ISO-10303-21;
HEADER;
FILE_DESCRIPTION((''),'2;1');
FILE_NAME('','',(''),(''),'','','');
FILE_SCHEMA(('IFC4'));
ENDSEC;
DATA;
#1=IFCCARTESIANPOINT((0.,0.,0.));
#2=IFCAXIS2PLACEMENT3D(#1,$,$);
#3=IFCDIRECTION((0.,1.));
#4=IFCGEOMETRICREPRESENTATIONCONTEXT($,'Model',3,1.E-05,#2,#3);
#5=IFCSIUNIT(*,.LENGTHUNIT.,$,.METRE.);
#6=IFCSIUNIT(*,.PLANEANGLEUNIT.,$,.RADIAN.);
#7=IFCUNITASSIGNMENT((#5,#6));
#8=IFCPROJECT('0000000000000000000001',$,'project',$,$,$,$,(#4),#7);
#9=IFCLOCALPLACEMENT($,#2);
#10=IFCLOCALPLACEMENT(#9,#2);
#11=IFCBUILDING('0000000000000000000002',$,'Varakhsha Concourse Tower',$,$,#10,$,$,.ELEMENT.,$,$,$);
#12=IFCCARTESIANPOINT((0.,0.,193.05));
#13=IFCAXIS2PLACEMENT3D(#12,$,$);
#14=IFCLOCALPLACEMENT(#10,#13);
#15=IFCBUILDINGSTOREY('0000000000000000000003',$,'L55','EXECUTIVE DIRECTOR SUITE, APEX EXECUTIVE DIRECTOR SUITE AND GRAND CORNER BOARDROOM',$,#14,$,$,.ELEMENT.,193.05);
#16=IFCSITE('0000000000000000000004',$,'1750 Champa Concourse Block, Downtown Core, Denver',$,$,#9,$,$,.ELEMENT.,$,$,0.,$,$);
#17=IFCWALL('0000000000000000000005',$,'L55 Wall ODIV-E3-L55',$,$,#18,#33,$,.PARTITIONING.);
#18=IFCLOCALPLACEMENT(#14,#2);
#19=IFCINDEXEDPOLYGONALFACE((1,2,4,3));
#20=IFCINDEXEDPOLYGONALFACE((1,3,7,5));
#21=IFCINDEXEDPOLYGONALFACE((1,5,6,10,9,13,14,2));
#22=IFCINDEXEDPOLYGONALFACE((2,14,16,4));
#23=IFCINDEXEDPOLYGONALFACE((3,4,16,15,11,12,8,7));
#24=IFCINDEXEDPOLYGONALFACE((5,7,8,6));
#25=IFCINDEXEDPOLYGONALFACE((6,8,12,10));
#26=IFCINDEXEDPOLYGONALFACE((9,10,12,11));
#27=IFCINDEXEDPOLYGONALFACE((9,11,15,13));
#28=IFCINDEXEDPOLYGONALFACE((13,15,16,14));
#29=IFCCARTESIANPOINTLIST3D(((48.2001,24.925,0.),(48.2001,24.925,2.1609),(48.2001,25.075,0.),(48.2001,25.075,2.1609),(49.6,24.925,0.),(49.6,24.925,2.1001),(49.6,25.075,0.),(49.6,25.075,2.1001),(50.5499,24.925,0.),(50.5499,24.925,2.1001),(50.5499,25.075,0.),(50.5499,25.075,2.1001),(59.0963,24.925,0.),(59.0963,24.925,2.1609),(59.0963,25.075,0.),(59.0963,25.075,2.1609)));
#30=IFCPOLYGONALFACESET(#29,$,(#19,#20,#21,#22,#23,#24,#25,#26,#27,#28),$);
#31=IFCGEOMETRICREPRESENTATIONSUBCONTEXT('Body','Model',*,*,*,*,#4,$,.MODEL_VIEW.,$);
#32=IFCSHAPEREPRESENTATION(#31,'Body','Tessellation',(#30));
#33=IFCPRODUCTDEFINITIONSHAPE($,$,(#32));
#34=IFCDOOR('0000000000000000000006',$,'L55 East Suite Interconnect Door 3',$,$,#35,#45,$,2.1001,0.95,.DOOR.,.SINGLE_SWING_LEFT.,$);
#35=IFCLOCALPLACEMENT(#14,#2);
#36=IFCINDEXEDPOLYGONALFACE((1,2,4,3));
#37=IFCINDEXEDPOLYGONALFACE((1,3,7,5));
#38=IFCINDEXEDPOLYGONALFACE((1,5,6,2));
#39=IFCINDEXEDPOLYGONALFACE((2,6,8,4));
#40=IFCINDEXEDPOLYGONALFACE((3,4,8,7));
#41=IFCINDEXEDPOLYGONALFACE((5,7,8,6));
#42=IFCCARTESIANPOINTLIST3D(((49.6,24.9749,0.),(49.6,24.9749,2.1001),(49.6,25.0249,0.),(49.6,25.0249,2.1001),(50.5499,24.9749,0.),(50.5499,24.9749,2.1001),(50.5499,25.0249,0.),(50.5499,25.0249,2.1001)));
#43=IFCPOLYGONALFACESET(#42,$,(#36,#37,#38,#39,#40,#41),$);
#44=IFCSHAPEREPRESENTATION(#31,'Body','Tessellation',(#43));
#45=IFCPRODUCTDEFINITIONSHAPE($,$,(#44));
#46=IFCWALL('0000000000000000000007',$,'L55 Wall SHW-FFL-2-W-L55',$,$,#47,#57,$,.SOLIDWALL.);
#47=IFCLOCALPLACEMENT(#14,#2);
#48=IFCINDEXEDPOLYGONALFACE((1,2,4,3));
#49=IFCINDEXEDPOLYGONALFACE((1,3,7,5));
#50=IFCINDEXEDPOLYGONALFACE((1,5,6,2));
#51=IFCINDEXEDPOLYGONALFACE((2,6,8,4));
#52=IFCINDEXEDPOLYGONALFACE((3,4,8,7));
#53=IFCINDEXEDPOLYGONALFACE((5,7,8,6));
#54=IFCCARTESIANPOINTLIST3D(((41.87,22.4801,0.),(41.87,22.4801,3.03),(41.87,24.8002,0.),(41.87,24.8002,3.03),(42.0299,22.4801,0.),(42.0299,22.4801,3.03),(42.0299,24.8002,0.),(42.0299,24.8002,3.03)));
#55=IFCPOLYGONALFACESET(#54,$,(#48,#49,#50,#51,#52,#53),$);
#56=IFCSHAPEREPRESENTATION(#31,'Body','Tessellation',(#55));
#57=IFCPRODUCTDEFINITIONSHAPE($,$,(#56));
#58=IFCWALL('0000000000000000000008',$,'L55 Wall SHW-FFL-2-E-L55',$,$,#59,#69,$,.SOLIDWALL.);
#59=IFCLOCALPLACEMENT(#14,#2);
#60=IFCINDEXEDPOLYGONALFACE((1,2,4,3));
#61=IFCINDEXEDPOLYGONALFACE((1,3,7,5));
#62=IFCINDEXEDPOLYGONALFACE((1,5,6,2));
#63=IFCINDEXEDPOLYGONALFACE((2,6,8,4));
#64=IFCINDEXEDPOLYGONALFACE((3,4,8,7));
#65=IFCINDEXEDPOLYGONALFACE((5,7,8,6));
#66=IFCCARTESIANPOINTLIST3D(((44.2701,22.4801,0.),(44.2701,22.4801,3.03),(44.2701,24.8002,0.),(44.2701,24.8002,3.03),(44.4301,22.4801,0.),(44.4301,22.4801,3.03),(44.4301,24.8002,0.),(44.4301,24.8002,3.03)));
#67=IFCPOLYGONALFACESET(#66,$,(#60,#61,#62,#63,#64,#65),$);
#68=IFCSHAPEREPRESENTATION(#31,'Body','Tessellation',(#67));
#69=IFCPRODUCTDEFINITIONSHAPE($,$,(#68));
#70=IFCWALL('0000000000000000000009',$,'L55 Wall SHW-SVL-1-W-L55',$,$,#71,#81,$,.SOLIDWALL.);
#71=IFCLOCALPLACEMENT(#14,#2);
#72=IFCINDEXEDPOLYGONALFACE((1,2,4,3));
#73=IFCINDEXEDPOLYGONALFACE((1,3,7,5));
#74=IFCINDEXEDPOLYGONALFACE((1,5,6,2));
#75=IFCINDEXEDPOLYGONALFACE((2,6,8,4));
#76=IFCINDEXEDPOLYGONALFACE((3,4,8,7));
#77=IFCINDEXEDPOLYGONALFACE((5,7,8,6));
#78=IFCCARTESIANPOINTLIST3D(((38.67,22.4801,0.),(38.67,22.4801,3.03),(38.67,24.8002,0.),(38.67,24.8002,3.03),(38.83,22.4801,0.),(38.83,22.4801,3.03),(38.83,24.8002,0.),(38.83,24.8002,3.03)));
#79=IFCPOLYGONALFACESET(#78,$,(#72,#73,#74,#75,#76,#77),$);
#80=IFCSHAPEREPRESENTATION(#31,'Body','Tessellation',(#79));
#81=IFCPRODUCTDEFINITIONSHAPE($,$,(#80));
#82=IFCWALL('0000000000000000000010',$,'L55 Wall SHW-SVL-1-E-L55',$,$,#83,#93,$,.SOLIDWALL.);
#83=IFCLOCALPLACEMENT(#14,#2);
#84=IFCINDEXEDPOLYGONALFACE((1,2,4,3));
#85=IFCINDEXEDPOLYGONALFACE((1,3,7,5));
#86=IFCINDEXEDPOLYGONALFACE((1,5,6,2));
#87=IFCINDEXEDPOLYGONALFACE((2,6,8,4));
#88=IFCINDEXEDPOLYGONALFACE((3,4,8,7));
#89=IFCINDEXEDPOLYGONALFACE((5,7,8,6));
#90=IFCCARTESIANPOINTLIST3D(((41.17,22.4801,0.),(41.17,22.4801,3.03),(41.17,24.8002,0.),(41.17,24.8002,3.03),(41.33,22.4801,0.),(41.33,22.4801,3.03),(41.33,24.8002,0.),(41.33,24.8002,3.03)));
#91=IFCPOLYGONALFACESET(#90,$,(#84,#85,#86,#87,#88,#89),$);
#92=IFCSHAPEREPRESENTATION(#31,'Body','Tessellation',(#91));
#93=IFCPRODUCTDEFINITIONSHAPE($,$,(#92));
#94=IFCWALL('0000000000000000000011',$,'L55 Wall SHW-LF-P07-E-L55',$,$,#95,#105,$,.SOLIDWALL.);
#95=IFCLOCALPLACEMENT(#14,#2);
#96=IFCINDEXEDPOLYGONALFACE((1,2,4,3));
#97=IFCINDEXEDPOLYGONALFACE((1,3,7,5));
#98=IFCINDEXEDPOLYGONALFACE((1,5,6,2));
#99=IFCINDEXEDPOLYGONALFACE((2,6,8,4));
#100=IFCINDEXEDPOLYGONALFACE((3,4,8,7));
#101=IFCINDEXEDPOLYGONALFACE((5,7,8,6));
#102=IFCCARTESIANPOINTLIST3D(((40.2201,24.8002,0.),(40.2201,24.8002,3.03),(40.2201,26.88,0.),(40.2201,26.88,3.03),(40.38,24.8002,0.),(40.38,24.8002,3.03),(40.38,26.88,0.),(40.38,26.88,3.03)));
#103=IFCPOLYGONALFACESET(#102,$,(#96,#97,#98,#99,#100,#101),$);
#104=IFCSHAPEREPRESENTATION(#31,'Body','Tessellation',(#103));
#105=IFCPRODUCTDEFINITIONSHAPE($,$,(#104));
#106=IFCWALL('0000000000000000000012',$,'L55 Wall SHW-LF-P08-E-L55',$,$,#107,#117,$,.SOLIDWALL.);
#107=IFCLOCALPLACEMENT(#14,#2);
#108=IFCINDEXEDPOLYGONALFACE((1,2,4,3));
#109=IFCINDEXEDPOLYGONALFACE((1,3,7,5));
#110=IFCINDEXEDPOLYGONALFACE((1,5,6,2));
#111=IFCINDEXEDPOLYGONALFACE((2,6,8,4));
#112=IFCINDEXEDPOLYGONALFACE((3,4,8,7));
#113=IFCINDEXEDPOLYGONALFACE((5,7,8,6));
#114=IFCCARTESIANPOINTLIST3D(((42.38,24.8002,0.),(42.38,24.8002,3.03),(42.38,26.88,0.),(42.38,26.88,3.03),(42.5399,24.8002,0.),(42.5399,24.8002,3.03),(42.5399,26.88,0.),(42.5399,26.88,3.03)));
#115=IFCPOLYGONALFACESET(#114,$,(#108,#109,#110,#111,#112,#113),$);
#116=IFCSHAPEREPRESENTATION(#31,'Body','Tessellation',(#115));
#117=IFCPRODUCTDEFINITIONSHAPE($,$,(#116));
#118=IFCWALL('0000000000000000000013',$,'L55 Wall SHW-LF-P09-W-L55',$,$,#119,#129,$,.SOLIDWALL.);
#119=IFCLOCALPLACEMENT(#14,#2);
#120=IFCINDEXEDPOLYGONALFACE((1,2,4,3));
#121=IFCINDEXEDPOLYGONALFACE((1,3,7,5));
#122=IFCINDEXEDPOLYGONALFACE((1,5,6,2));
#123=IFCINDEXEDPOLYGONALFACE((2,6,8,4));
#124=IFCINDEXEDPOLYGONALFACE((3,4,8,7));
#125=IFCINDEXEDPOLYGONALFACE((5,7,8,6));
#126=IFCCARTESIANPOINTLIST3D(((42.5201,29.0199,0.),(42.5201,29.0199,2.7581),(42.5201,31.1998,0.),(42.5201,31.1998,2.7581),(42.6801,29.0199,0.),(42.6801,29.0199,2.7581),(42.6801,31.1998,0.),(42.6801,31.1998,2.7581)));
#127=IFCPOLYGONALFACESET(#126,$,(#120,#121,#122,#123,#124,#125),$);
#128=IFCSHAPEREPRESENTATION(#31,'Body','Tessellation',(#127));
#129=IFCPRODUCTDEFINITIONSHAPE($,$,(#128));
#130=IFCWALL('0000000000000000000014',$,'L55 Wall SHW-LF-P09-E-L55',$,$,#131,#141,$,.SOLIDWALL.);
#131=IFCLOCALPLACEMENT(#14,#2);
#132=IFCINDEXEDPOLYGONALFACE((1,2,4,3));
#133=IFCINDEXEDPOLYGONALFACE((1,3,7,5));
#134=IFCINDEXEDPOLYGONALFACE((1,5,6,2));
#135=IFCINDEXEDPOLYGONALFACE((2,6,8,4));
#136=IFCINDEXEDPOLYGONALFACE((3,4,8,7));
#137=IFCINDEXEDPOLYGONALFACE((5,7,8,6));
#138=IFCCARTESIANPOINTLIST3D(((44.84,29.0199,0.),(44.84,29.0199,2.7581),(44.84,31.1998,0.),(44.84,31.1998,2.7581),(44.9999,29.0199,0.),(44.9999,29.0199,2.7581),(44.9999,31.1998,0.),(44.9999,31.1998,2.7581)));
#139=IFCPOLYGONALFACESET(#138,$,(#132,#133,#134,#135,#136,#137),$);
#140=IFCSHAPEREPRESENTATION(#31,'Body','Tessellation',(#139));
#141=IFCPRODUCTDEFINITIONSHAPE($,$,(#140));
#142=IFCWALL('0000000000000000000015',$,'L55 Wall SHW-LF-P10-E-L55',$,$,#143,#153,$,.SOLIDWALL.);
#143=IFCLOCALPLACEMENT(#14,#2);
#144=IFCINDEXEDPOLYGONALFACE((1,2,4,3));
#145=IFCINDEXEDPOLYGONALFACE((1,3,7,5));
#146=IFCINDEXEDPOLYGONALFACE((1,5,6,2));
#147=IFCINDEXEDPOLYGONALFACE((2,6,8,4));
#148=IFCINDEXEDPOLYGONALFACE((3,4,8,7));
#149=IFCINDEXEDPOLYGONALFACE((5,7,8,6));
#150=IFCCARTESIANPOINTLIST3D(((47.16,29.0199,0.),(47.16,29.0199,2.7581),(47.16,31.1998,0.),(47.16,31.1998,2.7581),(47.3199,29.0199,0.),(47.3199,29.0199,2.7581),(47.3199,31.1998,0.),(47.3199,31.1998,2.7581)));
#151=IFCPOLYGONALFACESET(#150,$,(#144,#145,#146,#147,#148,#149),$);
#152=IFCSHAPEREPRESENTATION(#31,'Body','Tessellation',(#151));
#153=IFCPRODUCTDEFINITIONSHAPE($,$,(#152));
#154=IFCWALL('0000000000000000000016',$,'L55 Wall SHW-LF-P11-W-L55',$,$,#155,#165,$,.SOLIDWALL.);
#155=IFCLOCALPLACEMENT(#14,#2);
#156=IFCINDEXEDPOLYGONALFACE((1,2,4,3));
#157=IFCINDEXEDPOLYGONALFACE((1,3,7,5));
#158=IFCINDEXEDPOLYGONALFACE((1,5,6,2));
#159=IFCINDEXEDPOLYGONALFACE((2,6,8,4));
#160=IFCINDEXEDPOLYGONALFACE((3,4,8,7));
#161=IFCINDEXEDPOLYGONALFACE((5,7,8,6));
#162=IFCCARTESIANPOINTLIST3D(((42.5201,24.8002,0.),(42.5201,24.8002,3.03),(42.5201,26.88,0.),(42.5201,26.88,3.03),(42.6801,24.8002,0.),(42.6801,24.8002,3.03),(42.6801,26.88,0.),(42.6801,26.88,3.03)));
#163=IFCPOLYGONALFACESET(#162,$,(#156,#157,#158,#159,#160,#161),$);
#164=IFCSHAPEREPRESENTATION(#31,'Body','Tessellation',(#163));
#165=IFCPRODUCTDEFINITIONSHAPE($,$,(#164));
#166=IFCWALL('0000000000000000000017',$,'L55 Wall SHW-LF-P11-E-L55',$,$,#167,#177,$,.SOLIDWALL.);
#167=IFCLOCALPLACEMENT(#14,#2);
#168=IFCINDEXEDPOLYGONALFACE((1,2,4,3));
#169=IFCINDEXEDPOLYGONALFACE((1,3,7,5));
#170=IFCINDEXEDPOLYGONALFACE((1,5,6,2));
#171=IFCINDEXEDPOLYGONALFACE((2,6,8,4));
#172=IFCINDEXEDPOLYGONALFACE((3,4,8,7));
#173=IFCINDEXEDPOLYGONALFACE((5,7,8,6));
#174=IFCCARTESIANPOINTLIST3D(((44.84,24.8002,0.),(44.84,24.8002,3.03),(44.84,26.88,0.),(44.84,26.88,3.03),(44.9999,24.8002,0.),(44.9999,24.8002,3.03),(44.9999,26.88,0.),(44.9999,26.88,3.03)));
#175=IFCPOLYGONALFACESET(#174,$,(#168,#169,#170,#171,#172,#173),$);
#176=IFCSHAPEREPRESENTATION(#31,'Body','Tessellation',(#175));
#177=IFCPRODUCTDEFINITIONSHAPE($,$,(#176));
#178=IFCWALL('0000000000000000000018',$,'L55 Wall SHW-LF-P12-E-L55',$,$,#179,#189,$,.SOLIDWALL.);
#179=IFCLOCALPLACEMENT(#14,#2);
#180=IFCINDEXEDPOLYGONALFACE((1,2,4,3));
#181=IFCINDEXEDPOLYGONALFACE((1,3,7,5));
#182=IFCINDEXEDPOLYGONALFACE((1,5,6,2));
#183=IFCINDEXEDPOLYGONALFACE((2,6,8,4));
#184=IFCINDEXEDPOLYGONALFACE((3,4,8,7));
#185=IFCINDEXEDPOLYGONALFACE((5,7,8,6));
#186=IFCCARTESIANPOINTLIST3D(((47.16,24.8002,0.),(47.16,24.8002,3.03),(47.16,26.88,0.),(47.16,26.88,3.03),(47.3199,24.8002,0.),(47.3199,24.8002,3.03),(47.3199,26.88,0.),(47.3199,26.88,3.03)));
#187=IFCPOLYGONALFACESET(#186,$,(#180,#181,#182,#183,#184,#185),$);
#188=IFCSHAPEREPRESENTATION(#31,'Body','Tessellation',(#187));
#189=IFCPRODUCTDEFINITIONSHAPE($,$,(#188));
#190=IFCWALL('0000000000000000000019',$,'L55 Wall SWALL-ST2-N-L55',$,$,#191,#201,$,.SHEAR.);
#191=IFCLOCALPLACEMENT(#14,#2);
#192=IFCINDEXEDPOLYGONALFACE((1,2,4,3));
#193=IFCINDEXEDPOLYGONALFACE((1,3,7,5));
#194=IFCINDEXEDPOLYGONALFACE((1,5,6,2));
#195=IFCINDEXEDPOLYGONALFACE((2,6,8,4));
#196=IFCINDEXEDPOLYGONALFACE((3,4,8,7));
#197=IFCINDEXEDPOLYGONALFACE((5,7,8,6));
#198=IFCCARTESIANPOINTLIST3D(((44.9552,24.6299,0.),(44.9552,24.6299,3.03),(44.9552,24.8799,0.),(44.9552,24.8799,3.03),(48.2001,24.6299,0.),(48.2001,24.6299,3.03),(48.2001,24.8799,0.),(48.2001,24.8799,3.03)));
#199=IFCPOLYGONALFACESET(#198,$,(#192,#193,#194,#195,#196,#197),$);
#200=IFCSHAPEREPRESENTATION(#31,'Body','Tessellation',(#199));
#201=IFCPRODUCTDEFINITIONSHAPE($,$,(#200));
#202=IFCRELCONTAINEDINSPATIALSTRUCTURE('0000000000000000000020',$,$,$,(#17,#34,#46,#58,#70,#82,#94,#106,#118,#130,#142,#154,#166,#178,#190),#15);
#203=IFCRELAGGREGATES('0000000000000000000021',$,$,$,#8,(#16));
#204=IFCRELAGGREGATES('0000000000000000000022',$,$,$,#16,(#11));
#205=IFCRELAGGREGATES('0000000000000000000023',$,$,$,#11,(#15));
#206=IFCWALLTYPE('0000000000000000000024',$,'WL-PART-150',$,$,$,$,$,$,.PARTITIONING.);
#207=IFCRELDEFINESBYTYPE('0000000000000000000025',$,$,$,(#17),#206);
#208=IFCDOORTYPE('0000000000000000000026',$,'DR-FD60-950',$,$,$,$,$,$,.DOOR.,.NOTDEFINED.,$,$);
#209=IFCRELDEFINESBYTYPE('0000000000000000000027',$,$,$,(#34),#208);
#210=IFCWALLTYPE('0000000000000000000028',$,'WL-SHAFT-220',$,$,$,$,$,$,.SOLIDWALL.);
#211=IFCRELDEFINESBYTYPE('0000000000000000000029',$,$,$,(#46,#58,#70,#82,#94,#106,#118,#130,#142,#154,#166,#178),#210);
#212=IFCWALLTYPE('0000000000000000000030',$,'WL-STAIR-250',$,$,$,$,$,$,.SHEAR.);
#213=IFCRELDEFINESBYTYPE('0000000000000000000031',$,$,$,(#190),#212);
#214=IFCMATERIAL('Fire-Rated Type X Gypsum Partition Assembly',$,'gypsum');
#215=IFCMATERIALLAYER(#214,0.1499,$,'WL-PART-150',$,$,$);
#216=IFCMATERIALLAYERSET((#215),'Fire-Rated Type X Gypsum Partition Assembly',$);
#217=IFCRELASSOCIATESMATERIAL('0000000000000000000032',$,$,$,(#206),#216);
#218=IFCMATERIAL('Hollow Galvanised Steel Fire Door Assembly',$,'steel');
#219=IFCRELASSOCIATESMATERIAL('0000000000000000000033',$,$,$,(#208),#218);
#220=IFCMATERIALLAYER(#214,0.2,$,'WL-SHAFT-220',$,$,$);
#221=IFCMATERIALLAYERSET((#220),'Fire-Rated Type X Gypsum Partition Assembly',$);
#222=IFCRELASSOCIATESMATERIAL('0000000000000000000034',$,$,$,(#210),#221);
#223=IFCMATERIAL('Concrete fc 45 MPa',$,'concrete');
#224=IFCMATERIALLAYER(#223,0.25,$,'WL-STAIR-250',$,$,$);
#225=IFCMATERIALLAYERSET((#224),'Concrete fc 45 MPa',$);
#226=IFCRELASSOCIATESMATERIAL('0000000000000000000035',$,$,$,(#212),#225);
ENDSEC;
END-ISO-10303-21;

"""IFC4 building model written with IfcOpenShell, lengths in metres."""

from ifc_helpers import new_model, si_unit, direction, frame, frame_2d, origin, place, context, subcontext, project, spatial, rectangle, extrude, material, layer, layer_set, type_object, element, fill, save


model = new_model("IFC4")

# Units and contexts
model_context = context("Model", 3, precision=1e-05, world=origin(), true_north=direction((0.0, 1.0)))
body_context = subcontext(model_context, "Body", "Model", "MODEL_VIEW")
ifc_project = project(units=[si_unit("LENGTHUNIT", "METRE"), si_unit("PLANEANGLEUNIT", "RADIAN")], contexts=[model_context])

# Site, building, storey
site_placement = place(None, origin())
site = spatial("IfcSite", under=ifc_project, at=site_placement, Name="1750 Champa Concourse Block, Downtown Core, Denver", CompositionType="ELEMENT", RefElevation=0.0)
building_placement = place(site_placement, origin())
building = spatial("IfcBuilding", under=site, at=building_placement, Name="Varakhsha Concourse Tower", CompositionType="ELEMENT")
storey_placement = place(building_placement, frame((0.0, 0.0, 193.05)))
storey = spatial("IfcBuildingStorey", under=building, at=storey_placement, Name="L55", Description="EXECUTIVE DIRECTOR SUITE, APEX EXECUTIVE DIRECTOR SUITE AND GRAND CORNER BOARDROOM", CompositionType="ELEMENT", Elevation=193.05)

# Shared definitions
ifc_material_1 = material(Name="Fire-Rated Type X Gypsum Partition Assembly", Category="gypsum")
ifc_layer_1 = layer(ifc_material_1, 0.1499, Name="WL-PART-150")
ifc_layer_set_1 = layer_set([ifc_layer_1], Name="Fire-Rated Type X Gypsum Partition Assembly")
wall_type_1 = type_object("IfcWallType", Name="WL-PART-150", PredefinedType="PARTITIONING", material=ifc_layer_set_1)

# Wall, opening, door
ifc_material_2 = material(Name="Hollow Galvanised Steel Fire Door Assembly", Category="steel")
door_type = type_object("IfcDoorType", Name="DR-FD60-950", OperationType="NOTDEFINED", PredefinedType="DOOR", material=ifc_material_2)
wall_1_placement = place(storey_placement, frame((48.2, 25.0, 0.0), z_axis=(0.0, 0.0, 1.0), x_axis=(1.0, 0.0, 0.0)))
wall_1 = element("IfcWall", 1, at=wall_1_placement, inside=storey, type_object=wall_type_1, Name="L55 Wall ODIV-E3-L55", PredefinedType="PARTITIONING", context=body_context, shape_type="SweptSolid", body=[
    extrude(rectangle(XDim=10.8962, YDim=0.1499, at=frame_2d((5.4482, 0.0))), origin(), (0.0, 0.0, 1.0), 2.1609),
])
opening_1_placement = place(wall_1_placement, frame((1.3999, 0.0, 0.0)))
opening_1 = element("IfcOpeningElement", 2, at=opening_1_placement, cuts=wall_1, PredefinedType="OPENING", context=body_context, shape_type="SweptSolid", body=[
    extrude(rectangle(XDim=0.95, YDim=2.1001, at=frame_2d((0.4751, 1.05))), frame((0.0, 0.085, 0.0), z_axis=(0.0, -1.0, 0.0), x_axis=(1.0, 0.0, 0.0)), (0.0, 0.0, 1.0), 0.1699),
])
door_1_placement = place(opening_1_placement, origin())
door_1 = element("IfcDoor", 3, at=door_1_placement, inside=storey, type_object=door_type, Name="L55 East Suite Interconnect Door 3", OperationType="SINGLE_SWING_LEFT", OverallHeight=2.1001, OverallWidth=0.95, PredefinedType="DOOR", context=body_context, shape_type="SweptSolid", body=[
    extrude(rectangle(XDim=0.95, YDim=2.1001, at=frame_2d((0.4751, 1.05))), frame((0.0, 0.0249, 0.0), z_axis=(0.0, -1.0, 0.0), x_axis=(1.0, 0.0, 0.0)), (0.0, 0.0, 1.0), 0.05),
])
fill(opening_1, door_1)

# Walls
ifc_layer_2 = layer(ifc_material_1, 0.2, Name="WL-SHAFT-220")
ifc_layer_set_2 = layer_set([ifc_layer_2], Name="Fire-Rated Type X Gypsum Partition Assembly")
wall_type_2 = type_object("IfcWallType", Name="WL-SHAFT-220", PredefinedType="SOLIDWALL", material=ifc_layer_set_2)
for number, where, z_axis, x_axis, name in (
    (4, (41.95, 22.48, 0.0), (0.0, 0.0, 1.0), (0.0, 1.0, 0.0), "L55 Wall SHW-FFL-2-W-L55"),
    (5, (44.3501, 22.48, 0.0), (0.0, 0.0, 1.0), (0.0, 1.0, 0.0), "L55 Wall SHW-FFL-2-E-L55"),
    (6, (38.75, 22.48, 0.0), (0.0, 0.0, 1.0), (0.0, 1.0, 0.0), "L55 Wall SHW-SVL-1-W-L55"),
    (7, (41.25, 22.48, 0.0), (0.0, 0.0, 1.0), (0.0, 1.0, 0.0), "L55 Wall SHW-SVL-1-E-L55"),
):
    element("IfcWall", number, at=place(storey_placement, frame(where, z_axis=z_axis, x_axis=x_axis)), inside=storey, type_object=wall_type_2, Name=name, PredefinedType="SOLIDWALL", context=body_context, shape_type="SweptSolid", body=[
        extrude(rectangle(XDim=2.3201, YDim=0.1599, at=frame_2d((1.1602, 0.0))), origin(), (0.0, 0.0, 1.0), 3.03),
    ])
for number, where, z_axis, x_axis, name in (
    (8, (40.3, 24.8, 0.0), (0.0, 0.0, 1.0), (0.0, 1.0, 0.0), "L55 Wall SHW-LF-P07-E-L55"),
    (9, (42.46, 24.8, 0.0), (0.0, 0.0, 1.0), (0.0, 1.0, 0.0), "L55 Wall SHW-LF-P08-E-L55"),
):
    element("IfcWall", number, at=place(storey_placement, frame(where, z_axis=z_axis, x_axis=x_axis)), inside=storey, type_object=wall_type_2, Name=name, PredefinedType="SOLIDWALL", context=body_context, shape_type="SweptSolid", body=[
        extrude(rectangle(XDim=2.0798, YDim=0.1599, at=frame_2d((1.04, 0.0))), origin(), (0.0, 0.0, 1.0), 3.03),
    ])
for number, where, z_axis, x_axis, name in (
    (10, (42.6001, 29.02, 0.0), (0.0, 0.0, 1.0), (0.0, 1.0, 0.0), "L55 Wall SHW-LF-P09-W-L55"),
    (11, (44.9199, 29.02, 0.0), (0.0, 0.0, 1.0), (0.0, 1.0, 0.0), "L55 Wall SHW-LF-P09-E-L55"),
    (12, (47.24, 29.02, 0.0), (0.0, 0.0, 1.0), (0.0, 1.0, 0.0), "L55 Wall SHW-LF-P10-E-L55"),
):
    element("IfcWall", number, at=place(storey_placement, frame(where, z_axis=z_axis, x_axis=x_axis)), inside=storey, type_object=wall_type_2, Name=name, PredefinedType="SOLIDWALL", context=body_context, shape_type="SweptSolid", body=[
        extrude(rectangle(XDim=2.1799, YDim=0.1599, at=frame_2d((1.0898, 0.0))), origin(), (0.0, 0.0, 1.0), 2.7581),
    ])
for number, where, z_axis, x_axis, name in (
    (13, (42.6001, 24.8, 0.0), (0.0, 0.0, 1.0), (0.0, 1.0, 0.0), "L55 Wall SHW-LF-P11-W-L55"),
    (14, (44.9199, 24.8, 0.0), (0.0, 0.0, 1.0), (0.0, 1.0, 0.0), "L55 Wall SHW-LF-P11-E-L55"),
    (15, (47.24, 24.8, 0.0), (0.0, 0.0, 1.0), (0.0, 1.0, 0.0), "L55 Wall SHW-LF-P12-E-L55"),
):
    element("IfcWall", number, at=place(storey_placement, frame(where, z_axis=z_axis, x_axis=x_axis)), inside=storey, type_object=wall_type_2, Name=name, PredefinedType="SOLIDWALL", context=body_context, shape_type="SweptSolid", body=[
        extrude(rectangle(XDim=2.0798, YDim=0.1599, at=frame_2d((1.04, 0.0))), origin(), (0.0, 0.0, 1.0), 3.03),
    ])
ifc_material_3 = material(Name="Concrete fc 45 MPa", Category="concrete")
ifc_layer_3 = layer(ifc_material_3, 0.25, Name="WL-STAIR-250")
ifc_layer_set_3 = layer_set([ifc_layer_3], Name="Concrete fc 45 MPa")
wall_type_3 = type_object("IfcWallType", Name="WL-STAIR-250", PredefinedType="SHEAR", material=ifc_layer_set_3)
wall_2_placement = place(storey_placement, frame((44.9551, 24.7549, 0.0), z_axis=(0.0, 0.0, 1.0), x_axis=(1.0, 0.0, 0.0)))
element("IfcWall", 16, at=wall_2_placement, inside=storey, type_object=wall_type_3, Name="L55 Wall SWALL-ST2-N-L55", PredefinedType="SHEAR", context=body_context, shape_type="SweptSolid", body=[
    extrude(rectangle(XDim=3.2449, YDim=0.25, at=frame_2d((1.6226, 0.0))), origin(), (0.0, 0.0, 1.0), 3.03),
])

save(model, "model.ifc")
